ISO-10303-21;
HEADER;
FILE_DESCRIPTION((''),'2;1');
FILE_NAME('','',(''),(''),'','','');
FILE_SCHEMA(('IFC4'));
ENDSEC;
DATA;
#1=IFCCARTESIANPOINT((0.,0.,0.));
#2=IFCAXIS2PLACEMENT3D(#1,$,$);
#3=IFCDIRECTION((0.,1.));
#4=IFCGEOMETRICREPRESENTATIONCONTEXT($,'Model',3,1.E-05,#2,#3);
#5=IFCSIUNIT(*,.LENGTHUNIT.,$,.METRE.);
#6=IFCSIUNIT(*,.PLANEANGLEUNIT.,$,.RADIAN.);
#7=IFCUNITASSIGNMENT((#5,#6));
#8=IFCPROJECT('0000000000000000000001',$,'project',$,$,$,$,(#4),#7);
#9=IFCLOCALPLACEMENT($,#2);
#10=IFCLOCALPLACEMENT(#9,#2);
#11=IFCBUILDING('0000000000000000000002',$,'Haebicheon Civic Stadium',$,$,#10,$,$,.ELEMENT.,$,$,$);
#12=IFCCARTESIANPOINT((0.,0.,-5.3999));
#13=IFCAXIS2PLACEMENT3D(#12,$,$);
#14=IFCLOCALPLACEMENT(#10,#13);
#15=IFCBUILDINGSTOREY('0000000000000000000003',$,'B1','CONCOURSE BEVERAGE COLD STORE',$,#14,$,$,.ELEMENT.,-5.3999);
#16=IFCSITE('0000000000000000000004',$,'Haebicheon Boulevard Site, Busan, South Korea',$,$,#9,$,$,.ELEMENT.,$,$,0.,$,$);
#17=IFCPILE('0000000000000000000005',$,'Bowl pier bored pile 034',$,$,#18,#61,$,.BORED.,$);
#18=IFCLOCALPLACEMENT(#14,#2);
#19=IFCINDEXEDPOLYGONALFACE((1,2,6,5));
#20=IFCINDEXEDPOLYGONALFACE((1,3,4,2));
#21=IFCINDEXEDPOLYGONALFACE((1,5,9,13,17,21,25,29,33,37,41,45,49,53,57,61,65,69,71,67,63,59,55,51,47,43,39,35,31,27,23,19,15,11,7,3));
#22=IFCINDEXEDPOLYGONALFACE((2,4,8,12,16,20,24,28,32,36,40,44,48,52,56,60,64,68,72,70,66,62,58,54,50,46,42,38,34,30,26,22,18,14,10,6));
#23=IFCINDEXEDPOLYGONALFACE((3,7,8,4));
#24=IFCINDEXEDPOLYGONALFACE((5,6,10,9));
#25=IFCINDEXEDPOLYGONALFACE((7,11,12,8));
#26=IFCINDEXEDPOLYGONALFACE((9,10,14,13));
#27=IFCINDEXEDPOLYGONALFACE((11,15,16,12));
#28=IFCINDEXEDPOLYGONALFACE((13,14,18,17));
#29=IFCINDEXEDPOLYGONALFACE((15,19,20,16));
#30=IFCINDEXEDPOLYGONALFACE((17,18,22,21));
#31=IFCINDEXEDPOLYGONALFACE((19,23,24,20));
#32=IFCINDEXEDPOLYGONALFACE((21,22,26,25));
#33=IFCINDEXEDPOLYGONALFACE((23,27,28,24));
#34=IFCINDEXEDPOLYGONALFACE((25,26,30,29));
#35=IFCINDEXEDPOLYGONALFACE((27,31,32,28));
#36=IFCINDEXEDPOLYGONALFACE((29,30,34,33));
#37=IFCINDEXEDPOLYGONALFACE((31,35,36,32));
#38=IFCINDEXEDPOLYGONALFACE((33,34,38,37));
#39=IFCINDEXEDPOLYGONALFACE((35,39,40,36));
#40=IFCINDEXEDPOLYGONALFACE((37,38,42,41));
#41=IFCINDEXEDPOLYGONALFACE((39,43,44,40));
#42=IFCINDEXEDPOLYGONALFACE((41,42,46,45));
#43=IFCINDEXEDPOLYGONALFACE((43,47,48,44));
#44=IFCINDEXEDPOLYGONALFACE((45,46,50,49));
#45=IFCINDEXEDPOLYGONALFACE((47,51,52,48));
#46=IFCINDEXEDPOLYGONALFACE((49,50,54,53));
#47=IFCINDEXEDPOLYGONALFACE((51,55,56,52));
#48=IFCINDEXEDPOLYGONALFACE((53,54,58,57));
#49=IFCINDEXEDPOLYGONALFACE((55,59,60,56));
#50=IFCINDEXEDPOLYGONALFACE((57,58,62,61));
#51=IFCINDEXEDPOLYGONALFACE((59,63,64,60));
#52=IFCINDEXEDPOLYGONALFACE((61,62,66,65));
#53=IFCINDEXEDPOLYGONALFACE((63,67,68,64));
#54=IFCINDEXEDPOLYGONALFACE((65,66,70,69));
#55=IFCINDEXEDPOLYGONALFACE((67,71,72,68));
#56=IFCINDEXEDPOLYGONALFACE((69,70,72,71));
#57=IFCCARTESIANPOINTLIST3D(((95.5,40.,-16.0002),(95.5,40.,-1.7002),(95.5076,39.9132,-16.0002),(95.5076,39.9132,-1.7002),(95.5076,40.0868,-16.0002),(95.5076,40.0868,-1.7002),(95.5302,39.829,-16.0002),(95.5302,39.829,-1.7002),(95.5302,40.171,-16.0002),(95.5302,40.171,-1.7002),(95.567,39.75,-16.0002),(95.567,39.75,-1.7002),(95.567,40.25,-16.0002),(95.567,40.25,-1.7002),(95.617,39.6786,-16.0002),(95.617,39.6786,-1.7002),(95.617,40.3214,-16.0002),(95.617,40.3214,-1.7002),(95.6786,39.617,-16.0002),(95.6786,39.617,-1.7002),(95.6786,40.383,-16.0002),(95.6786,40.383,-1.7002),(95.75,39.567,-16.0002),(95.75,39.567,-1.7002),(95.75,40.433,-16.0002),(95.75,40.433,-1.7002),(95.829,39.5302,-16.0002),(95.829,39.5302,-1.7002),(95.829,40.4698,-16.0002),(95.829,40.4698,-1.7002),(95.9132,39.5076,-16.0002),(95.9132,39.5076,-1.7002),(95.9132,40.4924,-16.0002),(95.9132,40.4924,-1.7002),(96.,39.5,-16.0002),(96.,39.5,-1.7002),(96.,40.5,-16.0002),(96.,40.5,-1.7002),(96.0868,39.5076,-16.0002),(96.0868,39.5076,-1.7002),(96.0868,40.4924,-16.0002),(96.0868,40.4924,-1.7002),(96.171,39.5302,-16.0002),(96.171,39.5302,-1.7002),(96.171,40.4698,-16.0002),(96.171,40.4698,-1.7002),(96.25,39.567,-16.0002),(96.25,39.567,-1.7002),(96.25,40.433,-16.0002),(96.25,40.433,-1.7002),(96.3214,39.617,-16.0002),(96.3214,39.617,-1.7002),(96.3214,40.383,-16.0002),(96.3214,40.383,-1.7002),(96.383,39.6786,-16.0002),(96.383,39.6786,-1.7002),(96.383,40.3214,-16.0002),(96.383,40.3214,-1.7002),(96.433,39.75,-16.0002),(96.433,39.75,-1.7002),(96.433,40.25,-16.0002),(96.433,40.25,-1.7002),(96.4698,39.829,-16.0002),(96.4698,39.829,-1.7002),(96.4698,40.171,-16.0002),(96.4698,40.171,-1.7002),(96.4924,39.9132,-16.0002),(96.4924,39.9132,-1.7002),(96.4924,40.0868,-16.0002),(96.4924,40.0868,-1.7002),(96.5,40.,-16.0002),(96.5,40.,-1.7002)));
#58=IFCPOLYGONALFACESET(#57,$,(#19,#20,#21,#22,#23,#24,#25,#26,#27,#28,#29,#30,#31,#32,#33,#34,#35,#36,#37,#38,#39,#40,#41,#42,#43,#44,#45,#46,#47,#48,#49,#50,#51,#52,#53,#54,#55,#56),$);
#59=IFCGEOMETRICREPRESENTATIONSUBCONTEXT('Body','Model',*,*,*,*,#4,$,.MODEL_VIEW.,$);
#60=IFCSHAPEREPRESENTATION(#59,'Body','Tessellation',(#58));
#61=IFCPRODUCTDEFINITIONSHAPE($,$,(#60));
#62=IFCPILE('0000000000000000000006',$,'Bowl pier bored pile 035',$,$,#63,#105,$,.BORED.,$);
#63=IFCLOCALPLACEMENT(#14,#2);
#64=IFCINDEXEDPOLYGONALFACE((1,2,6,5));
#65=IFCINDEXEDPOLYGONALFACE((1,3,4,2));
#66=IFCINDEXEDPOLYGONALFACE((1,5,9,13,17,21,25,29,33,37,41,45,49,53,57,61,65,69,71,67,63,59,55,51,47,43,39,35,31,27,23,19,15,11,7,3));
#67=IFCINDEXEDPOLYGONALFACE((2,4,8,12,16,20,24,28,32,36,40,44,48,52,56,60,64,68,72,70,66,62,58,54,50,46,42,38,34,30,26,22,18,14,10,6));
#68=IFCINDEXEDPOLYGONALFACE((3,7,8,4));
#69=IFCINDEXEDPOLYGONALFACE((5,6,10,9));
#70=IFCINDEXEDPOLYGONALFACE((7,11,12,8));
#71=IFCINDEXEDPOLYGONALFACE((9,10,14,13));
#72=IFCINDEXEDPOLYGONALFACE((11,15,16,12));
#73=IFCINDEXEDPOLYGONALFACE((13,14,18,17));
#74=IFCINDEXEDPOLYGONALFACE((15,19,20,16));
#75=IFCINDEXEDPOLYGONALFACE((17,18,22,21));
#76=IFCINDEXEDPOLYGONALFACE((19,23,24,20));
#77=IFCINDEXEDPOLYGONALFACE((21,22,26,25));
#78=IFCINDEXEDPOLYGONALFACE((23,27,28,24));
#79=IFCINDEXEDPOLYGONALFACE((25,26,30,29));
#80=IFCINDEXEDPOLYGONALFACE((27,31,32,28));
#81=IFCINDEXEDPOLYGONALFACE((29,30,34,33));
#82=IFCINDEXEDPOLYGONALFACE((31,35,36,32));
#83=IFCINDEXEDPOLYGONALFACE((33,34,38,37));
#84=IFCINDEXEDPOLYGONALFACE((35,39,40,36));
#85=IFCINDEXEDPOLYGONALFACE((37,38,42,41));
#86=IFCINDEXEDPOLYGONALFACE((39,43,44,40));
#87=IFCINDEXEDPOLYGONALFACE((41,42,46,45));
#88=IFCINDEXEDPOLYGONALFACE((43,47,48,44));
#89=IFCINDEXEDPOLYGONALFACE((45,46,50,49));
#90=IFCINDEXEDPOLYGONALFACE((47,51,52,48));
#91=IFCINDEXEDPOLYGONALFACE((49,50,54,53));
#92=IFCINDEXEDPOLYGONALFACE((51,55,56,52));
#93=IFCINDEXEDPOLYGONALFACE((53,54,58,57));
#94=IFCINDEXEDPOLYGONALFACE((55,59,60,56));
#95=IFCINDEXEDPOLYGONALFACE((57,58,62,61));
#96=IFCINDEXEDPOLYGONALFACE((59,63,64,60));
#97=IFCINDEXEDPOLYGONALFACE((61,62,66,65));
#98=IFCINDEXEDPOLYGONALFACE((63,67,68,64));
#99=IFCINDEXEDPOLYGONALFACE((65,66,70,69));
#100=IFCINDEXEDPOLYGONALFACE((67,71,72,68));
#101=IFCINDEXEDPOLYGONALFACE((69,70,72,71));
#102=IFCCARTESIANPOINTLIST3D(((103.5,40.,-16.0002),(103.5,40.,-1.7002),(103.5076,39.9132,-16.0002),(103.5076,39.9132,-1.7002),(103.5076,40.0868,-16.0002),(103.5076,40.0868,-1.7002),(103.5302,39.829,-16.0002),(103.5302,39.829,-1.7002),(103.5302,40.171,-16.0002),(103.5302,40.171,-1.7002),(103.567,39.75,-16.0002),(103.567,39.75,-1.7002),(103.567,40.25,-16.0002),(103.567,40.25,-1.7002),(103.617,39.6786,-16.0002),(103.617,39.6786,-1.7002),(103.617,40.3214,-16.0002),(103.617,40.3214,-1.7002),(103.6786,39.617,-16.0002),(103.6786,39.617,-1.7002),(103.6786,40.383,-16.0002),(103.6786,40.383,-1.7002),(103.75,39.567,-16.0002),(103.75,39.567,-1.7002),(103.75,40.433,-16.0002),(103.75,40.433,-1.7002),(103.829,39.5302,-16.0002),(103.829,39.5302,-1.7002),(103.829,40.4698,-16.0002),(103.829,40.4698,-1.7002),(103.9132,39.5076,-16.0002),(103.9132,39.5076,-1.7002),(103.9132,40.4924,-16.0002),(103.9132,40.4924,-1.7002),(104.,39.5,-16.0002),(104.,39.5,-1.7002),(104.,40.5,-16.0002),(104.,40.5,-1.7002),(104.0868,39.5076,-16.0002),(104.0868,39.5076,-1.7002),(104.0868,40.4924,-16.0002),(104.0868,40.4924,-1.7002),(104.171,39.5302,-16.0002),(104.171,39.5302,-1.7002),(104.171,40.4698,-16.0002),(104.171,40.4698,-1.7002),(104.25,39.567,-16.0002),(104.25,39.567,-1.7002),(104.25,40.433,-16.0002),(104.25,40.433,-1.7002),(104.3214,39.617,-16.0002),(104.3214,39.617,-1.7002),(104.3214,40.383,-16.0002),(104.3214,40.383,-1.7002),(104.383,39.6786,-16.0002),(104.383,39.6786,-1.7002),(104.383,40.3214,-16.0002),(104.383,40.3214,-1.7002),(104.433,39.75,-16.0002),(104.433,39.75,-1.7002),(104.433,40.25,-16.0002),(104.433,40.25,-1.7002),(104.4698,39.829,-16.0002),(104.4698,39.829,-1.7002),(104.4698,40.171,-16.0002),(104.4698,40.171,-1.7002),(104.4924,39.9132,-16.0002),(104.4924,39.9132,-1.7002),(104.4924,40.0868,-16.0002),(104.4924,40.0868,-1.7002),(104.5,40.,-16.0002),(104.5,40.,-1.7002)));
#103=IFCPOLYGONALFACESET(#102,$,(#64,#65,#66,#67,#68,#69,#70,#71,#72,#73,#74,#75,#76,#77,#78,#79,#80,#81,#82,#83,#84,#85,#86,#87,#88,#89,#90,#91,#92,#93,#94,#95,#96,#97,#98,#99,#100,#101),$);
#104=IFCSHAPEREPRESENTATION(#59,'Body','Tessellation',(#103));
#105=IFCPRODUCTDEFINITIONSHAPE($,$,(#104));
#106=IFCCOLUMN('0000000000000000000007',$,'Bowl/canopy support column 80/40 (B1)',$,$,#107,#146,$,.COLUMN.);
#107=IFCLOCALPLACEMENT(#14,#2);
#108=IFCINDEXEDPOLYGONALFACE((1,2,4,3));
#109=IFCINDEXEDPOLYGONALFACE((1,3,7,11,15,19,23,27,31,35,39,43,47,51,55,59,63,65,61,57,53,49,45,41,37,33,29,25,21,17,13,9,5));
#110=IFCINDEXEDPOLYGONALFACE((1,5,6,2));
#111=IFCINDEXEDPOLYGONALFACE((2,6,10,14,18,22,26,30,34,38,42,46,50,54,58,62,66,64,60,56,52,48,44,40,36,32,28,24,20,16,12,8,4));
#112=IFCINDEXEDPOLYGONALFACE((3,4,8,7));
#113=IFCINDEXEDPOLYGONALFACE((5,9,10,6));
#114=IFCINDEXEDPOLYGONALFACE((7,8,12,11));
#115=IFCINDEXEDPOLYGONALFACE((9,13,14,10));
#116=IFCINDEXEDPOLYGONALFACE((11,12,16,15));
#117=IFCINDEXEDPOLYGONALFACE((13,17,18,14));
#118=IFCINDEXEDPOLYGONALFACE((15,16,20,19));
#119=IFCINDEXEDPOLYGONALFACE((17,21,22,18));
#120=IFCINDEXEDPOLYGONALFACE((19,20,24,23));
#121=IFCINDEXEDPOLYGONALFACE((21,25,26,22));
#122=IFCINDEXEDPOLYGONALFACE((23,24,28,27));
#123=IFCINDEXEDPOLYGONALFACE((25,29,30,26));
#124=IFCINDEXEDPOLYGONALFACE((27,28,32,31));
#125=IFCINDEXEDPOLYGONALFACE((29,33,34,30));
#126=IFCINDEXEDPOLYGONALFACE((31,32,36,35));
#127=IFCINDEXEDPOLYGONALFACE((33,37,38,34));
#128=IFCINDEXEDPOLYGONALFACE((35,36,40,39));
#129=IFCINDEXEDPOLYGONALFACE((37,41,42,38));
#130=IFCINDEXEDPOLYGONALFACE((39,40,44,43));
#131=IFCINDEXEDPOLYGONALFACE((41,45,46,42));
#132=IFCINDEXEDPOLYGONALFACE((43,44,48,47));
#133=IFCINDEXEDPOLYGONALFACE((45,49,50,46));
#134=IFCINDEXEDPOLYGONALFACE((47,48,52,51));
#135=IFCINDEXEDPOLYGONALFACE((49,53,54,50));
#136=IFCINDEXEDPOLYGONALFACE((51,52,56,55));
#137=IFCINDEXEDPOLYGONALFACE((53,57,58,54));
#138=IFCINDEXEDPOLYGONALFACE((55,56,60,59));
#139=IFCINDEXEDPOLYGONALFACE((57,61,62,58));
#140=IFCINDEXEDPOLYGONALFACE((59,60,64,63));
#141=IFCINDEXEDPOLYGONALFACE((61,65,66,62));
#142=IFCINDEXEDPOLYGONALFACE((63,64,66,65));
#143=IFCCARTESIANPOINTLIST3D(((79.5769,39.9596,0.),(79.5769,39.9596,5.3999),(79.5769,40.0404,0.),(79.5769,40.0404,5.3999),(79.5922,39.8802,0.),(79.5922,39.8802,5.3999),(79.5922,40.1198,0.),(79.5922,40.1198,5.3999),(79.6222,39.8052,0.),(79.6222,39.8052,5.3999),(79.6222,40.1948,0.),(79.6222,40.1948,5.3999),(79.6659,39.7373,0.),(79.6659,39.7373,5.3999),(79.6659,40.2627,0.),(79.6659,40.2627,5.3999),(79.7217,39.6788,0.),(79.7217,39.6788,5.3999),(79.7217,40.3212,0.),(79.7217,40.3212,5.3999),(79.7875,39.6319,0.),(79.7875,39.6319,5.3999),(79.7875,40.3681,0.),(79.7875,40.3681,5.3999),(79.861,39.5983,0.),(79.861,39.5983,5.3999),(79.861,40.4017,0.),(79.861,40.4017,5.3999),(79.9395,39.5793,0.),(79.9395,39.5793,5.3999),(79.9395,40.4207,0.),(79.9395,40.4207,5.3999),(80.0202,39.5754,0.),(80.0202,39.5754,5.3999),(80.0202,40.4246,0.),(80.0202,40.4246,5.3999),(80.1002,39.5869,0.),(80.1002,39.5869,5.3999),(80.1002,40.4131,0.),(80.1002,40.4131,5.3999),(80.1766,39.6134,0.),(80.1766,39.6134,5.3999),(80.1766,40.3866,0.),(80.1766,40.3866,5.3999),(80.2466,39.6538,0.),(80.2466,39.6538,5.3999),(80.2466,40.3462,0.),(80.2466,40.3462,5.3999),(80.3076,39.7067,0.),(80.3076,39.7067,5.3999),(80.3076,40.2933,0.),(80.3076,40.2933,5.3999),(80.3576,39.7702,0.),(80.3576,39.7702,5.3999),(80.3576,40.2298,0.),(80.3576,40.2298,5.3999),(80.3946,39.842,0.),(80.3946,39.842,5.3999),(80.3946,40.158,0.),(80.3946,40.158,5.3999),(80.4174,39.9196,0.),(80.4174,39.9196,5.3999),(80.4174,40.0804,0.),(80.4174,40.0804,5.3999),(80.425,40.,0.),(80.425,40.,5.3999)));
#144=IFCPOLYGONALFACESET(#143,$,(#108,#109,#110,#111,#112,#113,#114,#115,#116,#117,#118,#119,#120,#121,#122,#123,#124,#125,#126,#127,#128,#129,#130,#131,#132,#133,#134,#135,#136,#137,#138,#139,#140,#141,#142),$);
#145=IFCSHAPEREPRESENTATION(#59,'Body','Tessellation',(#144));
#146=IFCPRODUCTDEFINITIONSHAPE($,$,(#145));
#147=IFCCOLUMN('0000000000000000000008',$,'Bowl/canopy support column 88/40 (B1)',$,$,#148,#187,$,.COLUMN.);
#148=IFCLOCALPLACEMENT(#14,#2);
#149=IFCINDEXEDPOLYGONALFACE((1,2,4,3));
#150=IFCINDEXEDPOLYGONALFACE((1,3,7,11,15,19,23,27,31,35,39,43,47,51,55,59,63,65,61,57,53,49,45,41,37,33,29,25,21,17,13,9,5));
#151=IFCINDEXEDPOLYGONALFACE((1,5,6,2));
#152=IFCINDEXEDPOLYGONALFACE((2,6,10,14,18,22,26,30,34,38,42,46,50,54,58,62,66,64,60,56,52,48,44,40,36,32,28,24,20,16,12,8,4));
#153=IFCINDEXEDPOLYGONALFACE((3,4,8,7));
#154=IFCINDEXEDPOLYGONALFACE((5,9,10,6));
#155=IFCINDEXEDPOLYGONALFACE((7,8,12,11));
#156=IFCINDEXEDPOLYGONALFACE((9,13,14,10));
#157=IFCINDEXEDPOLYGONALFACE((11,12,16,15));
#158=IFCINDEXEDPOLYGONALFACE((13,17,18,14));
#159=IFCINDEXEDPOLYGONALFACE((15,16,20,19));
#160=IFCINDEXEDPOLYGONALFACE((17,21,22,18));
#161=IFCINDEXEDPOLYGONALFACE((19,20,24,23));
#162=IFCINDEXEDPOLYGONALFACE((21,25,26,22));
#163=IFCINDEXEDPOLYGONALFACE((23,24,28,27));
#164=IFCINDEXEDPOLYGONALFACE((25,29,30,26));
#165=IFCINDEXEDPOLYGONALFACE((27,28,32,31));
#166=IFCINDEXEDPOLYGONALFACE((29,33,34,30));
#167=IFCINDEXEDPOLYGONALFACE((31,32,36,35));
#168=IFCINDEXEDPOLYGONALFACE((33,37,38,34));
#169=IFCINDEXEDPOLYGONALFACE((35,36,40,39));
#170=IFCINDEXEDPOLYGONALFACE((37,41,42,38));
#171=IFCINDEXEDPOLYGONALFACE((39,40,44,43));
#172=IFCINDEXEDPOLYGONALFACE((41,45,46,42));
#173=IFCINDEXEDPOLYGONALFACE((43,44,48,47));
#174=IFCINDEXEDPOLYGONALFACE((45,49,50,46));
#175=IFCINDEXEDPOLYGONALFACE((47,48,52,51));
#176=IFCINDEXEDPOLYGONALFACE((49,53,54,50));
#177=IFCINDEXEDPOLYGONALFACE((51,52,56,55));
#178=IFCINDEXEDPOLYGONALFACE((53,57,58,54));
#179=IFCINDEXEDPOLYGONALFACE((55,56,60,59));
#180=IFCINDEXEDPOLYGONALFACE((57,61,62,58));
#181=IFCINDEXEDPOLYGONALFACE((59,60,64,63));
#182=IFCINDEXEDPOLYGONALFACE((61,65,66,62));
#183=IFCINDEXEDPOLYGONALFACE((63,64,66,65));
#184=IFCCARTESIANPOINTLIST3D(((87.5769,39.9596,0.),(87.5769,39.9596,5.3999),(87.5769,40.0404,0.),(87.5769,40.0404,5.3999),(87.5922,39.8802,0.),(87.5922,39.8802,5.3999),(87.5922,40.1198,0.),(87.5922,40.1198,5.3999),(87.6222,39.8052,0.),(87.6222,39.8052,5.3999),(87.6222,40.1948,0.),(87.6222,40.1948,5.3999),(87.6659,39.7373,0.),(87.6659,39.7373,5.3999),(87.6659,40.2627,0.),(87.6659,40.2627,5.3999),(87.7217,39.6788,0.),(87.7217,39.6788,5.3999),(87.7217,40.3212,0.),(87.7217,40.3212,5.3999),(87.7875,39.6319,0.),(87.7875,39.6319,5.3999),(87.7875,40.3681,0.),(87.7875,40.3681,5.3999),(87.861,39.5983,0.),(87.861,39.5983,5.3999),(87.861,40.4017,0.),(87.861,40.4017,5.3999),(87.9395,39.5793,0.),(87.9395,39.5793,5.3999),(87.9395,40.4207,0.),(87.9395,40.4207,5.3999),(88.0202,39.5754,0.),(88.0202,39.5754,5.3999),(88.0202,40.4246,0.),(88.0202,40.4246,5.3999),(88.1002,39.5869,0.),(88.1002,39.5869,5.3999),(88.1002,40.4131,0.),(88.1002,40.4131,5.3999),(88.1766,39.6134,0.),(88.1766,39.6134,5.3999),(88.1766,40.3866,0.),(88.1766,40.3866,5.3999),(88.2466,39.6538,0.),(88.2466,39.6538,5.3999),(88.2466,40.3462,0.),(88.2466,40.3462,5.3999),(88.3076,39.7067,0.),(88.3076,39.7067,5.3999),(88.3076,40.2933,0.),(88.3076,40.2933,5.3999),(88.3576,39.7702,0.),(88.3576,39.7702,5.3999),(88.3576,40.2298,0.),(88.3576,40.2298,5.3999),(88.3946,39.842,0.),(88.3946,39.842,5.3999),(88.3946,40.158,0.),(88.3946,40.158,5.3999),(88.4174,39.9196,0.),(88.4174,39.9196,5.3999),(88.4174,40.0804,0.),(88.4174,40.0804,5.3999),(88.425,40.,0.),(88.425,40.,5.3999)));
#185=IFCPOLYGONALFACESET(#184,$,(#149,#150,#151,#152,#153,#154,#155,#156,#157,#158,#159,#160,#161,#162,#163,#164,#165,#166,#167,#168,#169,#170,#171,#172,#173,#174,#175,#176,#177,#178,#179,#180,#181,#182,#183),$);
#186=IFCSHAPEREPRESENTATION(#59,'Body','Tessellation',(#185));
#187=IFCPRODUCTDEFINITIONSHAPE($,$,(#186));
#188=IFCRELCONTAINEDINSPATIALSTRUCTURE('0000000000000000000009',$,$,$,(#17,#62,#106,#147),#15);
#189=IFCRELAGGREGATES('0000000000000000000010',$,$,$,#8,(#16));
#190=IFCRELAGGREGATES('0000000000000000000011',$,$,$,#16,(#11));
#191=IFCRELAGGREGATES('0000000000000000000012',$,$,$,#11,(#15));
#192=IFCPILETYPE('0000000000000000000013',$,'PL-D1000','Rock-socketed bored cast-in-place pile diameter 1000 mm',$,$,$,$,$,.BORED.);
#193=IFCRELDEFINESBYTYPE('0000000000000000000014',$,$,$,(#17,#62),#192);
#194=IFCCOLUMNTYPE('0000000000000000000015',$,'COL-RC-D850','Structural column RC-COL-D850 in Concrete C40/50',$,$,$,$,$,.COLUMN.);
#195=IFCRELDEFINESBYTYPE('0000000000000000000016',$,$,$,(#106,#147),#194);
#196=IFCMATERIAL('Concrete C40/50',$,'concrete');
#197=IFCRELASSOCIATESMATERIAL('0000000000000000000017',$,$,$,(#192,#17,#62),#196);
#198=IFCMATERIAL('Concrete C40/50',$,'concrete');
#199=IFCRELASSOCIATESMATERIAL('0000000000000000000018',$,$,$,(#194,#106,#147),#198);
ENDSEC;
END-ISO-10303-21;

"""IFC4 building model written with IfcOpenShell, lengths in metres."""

from ifc_helpers import new_model, si_unit, direction, frame, origin, origin_2d, place, context, subcontext, project, spatial, circle, extrude, material, material_profile, profile_set, type_object, element, save


model = new_model("IFC4")

# Units and contexts
model_context = context("Model", 3, precision=1e-05, world=origin(), true_north=direction((0.0, 1.0)))
body_context = subcontext(model_context, "Body", "Model", "MODEL_VIEW")
ifc_project = project(units=[si_unit("LENGTHUNIT", "METRE"), si_unit("PLANEANGLEUNIT", "RADIAN")], contexts=[model_context])

# Site, building, storey
site_placement = place(None, origin())
site = spatial("IfcSite", under=ifc_project, at=site_placement, Name="Haebicheon Boulevard Site, Busan, South Korea", CompositionType="ELEMENT", RefElevation=0.0)
building_placement = place(site_placement, origin())
building = spatial("IfcBuilding", under=site, at=building_placement, Name="Haebicheon Civic Stadium", CompositionType="ELEMENT")
storey_placement = place(building_placement, frame((0.0, 0.0, -5.3999)))
storey = spatial("IfcBuildingStorey", under=building, at=storey_placement, Name="B1", Description="CONCOURSE BEVERAGE COLD STORE", CompositionType="ELEMENT", Elevation=-5.3999)

# Piles
ifc_material_1 = material(Name="Concrete C40/50", Category="concrete")
ifc_material_profile_1 = material_profile(ifc_material_1, circle(Radius=0.5, at=origin_2d()), Name="PILE-D1000")
ifc_profile_set_1 = profile_set([ifc_material_profile_1], Name="Concrete C40/50")
pile_type = type_object("IfcPileType", Name="PL-D1000", Description="Rock-socketed bored cast-in-place pile diameter 1000 mm", PredefinedType="BORED", material=ifc_profile_set_1)
for number, where, z_axis, x_axis, name in (
    (1, (96.0, 40.0, -1.7002), (0.0, 0.0, -1.0), (1.0, 0.0, 0.0), "Bowl pier bored pile 034"),
    (2, (104.0, 40.0, -1.7002), (0.0, 0.0, -1.0), (1.0, 0.0, 0.0), "Bowl pier bored pile 035"),
):
    element("IfcPile", number, at=place(storey_placement, frame(where, z_axis=z_axis, x_axis=x_axis)), inside=storey, type_object=pile_type, material=ifc_profile_set_1, Name=name, PredefinedType="BORED", context=body_context, shape_type="SweptSolid", body=[
        extrude(circle(Radius=0.5, at=origin_2d()), origin(), (0.0, 0.0, 1.0), 14.3),
    ])

# Columns
ifc_material_2 = material(Name="Concrete C40/50", Category="concrete")
ifc_material_profile_2 = material_profile(ifc_material_2, circle(Radius=0.425, at=origin_2d()), Name="RC-COL-D850")
ifc_profile_set_2 = profile_set([ifc_material_profile_2], Name="Concrete C40/50")
column_type = type_object("IfcColumnType", Name="COL-RC-D850", Description="Structural column RC-COL-D850 in Concrete C40/50", PredefinedType="COLUMN", material=ifc_profile_set_2)
for number, where, z_axis, x_axis, name in (
    (3, (80.0, 40.0, 0.0), (0.0, 0.0, 1.0), (1.0, 0.0, 0.0), "Bowl/canopy support column 80/40 (B1)"),
    (4, (88.0, 40.0, 0.0), (0.0, 0.0, 1.0), (1.0, 0.0, 0.0), "Bowl/canopy support column 88/40 (B1)"),
):
    element("IfcColumn", number, at=place(storey_placement, frame(where, z_axis=z_axis, x_axis=x_axis)), inside=storey, type_object=column_type, material=ifc_profile_set_2, Name=name, PredefinedType="COLUMN", context=body_context, shape_type="SweptSolid", body=[
        extrude(circle(Radius=0.425, at=origin_2d()), origin(), (0.0, 0.0, 1.0), 5.3999),
    ])

save(model, "model.ifc")
